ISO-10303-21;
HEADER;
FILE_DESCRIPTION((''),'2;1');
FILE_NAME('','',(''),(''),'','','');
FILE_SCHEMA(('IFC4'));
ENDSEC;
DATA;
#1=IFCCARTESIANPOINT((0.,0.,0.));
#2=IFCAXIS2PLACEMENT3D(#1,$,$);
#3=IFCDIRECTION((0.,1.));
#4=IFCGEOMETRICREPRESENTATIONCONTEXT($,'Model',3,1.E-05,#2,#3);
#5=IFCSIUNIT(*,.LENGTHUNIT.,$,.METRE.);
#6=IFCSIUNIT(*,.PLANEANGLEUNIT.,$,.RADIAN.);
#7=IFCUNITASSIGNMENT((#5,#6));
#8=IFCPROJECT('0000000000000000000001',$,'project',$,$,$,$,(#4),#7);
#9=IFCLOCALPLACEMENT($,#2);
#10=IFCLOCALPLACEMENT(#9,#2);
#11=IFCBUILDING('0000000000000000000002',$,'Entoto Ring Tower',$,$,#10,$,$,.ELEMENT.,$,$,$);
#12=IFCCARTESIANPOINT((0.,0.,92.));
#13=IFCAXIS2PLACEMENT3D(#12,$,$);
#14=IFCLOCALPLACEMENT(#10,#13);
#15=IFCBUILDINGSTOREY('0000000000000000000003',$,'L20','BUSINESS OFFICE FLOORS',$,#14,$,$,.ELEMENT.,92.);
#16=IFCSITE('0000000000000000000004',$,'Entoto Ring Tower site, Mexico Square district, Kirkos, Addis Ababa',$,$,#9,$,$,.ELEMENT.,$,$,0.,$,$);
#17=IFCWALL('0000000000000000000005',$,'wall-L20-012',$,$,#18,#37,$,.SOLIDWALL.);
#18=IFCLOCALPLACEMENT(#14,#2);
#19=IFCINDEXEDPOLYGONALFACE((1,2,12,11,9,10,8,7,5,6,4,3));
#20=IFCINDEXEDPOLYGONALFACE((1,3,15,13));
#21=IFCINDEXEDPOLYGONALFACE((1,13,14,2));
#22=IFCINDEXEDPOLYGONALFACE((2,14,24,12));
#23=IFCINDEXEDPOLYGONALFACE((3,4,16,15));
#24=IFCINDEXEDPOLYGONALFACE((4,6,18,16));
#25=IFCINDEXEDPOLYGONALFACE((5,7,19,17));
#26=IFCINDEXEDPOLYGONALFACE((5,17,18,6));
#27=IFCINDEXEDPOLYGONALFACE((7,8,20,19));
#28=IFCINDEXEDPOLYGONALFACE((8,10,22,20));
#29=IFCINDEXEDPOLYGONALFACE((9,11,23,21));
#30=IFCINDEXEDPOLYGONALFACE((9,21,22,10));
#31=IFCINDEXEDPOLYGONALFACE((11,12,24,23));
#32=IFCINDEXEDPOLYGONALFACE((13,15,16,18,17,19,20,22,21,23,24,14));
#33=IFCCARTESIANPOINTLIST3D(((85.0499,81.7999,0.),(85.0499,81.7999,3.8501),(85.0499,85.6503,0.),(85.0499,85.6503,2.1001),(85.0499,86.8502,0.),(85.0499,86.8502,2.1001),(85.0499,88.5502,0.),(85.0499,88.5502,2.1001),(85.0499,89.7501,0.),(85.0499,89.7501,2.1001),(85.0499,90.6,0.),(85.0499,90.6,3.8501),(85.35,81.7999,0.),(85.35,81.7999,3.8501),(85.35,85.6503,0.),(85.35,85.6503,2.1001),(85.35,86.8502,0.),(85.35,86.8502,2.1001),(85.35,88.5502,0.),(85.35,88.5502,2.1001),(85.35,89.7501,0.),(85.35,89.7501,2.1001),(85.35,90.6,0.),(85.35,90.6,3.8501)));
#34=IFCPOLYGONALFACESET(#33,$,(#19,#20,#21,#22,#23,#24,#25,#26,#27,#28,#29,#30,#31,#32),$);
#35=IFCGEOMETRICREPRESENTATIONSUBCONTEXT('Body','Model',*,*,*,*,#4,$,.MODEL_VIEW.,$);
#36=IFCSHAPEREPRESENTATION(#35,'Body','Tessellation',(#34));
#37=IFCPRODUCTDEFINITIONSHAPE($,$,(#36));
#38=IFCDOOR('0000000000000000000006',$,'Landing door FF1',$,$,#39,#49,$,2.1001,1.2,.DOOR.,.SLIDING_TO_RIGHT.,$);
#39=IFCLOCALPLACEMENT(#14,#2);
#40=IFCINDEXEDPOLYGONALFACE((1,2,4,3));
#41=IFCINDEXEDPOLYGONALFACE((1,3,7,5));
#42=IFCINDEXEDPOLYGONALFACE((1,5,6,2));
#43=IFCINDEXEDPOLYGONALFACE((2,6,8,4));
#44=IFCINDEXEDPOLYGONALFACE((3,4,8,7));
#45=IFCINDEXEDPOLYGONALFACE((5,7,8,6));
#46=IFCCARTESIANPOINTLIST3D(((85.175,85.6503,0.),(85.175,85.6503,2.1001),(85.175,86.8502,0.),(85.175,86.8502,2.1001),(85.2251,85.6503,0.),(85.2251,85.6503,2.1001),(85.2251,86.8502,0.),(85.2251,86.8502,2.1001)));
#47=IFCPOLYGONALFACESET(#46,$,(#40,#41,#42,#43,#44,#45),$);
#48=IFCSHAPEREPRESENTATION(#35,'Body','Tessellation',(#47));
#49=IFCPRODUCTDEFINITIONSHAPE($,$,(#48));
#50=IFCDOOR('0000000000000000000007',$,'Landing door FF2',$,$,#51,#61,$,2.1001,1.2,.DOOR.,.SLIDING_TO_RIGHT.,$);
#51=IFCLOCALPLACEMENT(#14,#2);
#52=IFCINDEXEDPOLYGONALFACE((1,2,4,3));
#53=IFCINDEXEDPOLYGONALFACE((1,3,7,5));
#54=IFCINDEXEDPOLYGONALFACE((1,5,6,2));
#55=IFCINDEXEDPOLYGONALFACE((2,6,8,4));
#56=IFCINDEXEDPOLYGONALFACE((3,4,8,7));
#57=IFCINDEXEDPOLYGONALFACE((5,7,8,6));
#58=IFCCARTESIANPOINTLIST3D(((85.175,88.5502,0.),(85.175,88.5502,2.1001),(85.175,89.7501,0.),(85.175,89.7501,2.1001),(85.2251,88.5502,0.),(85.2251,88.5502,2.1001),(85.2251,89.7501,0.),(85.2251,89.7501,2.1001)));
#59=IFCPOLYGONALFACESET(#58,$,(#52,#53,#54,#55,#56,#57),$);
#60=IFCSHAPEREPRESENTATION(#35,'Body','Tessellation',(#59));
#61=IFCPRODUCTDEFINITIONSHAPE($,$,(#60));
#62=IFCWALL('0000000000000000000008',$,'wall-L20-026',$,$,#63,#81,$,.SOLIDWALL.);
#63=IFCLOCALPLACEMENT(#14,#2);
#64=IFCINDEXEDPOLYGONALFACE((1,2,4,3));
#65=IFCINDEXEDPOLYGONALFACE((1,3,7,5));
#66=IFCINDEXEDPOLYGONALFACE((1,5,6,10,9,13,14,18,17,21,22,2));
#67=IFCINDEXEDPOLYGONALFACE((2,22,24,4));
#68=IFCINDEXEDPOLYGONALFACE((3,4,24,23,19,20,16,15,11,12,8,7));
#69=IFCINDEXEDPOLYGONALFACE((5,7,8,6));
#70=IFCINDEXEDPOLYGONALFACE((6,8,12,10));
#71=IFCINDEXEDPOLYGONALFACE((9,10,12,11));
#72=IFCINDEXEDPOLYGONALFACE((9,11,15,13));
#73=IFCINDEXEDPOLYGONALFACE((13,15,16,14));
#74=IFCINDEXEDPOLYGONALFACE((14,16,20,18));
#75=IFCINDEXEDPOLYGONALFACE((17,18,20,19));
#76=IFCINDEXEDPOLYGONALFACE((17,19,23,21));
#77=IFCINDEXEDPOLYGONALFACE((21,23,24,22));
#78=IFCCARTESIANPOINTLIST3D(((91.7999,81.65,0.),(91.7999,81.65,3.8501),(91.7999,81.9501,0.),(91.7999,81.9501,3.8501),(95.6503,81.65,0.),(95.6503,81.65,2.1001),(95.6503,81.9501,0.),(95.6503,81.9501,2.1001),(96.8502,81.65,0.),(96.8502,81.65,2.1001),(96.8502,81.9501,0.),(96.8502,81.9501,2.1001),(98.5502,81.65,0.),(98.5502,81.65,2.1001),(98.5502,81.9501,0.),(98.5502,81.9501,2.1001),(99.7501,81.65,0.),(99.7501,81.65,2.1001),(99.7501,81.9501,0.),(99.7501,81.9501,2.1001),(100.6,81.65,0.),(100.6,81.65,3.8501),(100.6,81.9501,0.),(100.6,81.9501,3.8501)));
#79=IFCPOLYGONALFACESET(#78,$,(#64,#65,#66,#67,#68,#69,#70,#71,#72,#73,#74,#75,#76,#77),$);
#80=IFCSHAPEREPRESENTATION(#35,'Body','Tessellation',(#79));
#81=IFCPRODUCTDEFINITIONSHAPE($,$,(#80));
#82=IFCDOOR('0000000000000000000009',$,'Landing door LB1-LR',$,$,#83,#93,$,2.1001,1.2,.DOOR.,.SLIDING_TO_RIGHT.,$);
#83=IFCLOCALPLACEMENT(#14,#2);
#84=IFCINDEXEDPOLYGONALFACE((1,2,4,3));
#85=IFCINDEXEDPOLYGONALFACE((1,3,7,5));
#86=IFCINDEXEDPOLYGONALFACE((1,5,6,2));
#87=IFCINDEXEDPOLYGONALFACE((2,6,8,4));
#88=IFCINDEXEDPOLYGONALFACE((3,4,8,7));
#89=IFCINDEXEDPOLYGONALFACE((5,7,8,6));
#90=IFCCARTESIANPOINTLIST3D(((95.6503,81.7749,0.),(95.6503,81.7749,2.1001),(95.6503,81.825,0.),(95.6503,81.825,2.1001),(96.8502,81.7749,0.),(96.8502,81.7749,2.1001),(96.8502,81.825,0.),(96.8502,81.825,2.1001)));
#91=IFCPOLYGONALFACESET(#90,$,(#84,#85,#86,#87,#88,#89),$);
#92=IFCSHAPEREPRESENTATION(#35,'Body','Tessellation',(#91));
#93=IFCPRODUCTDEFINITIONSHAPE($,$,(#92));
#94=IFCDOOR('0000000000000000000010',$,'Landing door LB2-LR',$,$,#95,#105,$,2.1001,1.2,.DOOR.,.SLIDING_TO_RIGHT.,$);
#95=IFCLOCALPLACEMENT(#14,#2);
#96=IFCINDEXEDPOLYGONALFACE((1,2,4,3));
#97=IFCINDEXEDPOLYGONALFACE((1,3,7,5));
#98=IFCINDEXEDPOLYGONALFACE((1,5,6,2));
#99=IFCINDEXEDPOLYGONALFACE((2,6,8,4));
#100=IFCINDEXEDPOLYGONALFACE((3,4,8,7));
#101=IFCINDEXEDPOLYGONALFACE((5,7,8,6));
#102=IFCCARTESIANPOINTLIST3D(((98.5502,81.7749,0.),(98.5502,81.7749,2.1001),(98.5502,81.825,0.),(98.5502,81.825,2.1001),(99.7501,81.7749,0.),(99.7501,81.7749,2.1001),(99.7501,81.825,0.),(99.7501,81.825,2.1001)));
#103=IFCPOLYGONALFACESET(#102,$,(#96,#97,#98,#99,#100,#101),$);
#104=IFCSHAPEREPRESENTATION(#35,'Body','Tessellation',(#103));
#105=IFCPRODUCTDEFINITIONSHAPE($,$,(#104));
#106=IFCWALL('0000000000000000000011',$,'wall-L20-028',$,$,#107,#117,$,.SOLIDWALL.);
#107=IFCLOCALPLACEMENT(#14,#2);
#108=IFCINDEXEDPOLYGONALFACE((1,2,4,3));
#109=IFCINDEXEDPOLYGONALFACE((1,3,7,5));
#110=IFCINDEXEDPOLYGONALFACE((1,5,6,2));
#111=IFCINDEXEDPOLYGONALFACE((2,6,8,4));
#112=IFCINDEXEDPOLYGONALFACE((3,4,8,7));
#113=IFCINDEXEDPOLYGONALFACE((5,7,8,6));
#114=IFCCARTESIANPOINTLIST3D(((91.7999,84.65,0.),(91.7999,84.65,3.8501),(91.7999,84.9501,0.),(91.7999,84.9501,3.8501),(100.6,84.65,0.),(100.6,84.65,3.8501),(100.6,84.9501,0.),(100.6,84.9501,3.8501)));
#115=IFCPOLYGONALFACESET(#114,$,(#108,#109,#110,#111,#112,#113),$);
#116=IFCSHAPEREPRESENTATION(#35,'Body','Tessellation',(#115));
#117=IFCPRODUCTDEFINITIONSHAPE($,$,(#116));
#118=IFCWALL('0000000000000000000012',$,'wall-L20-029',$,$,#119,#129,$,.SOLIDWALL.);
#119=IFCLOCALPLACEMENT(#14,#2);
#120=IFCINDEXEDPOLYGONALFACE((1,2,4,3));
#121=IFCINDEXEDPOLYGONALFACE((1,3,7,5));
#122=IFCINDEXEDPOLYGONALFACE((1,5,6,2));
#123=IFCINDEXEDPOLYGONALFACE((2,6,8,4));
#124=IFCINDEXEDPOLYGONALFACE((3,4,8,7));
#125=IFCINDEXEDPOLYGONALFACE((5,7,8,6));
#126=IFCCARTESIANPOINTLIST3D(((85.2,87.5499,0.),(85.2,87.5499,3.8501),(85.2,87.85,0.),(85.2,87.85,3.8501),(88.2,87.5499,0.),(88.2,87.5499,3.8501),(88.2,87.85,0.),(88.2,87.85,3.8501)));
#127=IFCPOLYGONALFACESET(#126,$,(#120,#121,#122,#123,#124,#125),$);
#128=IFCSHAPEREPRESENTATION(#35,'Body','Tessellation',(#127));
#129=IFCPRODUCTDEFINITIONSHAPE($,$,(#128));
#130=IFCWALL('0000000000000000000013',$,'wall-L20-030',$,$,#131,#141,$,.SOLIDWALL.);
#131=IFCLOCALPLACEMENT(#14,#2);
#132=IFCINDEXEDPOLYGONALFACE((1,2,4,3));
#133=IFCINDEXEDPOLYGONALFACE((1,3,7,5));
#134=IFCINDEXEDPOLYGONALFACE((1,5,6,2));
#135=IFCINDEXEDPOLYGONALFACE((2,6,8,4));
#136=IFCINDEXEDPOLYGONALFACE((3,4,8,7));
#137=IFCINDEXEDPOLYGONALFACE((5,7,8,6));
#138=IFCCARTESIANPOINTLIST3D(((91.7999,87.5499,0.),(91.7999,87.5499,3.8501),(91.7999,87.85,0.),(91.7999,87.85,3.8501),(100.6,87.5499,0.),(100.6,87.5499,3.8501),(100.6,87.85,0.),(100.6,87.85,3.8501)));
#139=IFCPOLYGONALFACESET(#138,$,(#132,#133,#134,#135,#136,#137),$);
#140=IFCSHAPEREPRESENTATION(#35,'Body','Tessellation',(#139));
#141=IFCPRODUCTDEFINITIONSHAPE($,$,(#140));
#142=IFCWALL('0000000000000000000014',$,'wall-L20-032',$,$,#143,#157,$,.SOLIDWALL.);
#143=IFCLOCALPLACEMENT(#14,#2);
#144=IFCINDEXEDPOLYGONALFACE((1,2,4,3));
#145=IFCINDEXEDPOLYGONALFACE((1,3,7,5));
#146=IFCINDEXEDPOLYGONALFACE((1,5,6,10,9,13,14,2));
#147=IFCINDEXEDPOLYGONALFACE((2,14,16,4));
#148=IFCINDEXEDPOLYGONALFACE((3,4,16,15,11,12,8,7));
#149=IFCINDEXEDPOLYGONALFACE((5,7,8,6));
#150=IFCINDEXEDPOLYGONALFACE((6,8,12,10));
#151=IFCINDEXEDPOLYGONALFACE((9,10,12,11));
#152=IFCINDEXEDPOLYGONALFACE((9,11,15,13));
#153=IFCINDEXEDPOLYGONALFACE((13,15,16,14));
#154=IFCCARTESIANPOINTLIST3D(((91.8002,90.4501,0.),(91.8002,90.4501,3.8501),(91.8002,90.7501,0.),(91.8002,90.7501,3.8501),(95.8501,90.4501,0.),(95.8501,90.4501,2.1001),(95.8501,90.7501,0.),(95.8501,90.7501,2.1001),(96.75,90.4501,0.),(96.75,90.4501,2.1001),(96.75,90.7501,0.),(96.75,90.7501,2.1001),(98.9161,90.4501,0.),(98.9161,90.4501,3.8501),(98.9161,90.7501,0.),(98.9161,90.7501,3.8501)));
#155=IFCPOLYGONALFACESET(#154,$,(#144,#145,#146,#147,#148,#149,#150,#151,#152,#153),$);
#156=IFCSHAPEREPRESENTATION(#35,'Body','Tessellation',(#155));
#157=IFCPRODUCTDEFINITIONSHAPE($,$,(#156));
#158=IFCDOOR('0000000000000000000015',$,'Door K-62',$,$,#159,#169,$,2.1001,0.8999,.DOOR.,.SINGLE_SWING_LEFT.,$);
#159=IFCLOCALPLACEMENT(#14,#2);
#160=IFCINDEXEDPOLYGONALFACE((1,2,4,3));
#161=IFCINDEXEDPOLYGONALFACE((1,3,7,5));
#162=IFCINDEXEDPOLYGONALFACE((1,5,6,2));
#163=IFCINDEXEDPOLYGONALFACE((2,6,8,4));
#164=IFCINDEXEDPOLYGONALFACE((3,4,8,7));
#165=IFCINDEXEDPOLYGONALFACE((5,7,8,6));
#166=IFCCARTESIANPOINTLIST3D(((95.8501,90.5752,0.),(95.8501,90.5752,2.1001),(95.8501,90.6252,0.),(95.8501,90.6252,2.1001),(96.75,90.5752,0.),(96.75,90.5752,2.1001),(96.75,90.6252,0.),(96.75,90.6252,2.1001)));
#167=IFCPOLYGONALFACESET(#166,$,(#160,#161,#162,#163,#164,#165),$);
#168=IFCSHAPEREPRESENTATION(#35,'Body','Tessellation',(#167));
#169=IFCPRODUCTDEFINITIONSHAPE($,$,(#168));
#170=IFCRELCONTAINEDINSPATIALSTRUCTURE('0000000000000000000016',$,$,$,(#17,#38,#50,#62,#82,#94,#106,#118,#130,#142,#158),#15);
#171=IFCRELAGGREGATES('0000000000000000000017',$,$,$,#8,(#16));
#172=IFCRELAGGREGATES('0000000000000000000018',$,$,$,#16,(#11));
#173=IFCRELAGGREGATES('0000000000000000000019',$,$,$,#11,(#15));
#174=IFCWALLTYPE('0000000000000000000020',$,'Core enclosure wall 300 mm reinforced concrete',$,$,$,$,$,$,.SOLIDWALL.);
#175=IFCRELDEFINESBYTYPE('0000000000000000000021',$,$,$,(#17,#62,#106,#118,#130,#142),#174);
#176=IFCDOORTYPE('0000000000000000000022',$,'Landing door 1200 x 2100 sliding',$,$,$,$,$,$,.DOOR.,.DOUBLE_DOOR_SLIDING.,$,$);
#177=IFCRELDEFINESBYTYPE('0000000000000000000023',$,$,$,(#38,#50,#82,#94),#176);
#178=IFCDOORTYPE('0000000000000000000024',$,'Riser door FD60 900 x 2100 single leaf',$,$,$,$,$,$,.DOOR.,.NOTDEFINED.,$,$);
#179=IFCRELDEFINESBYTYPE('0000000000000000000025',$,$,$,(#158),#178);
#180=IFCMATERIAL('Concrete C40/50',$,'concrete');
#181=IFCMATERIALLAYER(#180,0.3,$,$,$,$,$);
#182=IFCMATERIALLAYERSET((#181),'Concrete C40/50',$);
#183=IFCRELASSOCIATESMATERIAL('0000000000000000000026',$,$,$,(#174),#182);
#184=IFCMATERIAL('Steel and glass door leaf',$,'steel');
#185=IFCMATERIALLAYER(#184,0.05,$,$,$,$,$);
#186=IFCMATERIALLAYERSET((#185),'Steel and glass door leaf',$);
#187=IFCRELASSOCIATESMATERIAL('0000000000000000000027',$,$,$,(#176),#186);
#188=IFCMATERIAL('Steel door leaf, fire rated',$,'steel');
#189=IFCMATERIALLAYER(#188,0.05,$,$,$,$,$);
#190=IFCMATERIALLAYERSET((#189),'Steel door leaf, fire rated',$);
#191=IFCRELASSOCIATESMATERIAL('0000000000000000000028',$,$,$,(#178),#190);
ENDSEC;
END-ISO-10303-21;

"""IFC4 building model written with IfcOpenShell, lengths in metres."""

from ifc_helpers import new_model, si_unit, direction, frame, frame_2d, origin, place, context, subcontext, project, spatial, rectangle, extrude, material, layer, layer_set, type_object, element, fill, save


model = new_model("IFC4")

# Units and contexts
model_context = context("Model", 3, precision=1e-05, world=origin(), true_north=direction((0.0, 1.0)))
body_context = subcontext(model_context, "Body", "Model", "MODEL_VIEW")
ifc_project = project(units=[si_unit("LENGTHUNIT", "METRE"), si_unit("PLANEANGLEUNIT", "RADIAN")], contexts=[model_context])

# Site, building, storey
site_placement = place(None, origin())
site = spatial("IfcSite", under=ifc_project, at=site_placement, Name="Entoto Ring Tower site, Mexico Square district, Kirkos, Addis Ababa", CompositionType="ELEMENT", RefElevation=0.0)
building_placement = place(site_placement, origin())
building = spatial("IfcBuilding", under=site, at=building_placement, Name="Entoto Ring Tower", CompositionType="ELEMENT")
storey_placement = place(building_placement, frame((0.0, 0.0, 92.0)))
storey = spatial("IfcBuildingStorey", under=building, at=storey_placement, Name="L20", Description="BUSINESS OFFICE FLOORS", CompositionType="ELEMENT", Elevation=92.0)

# Shared definitions
ifc_material_1 = material(Name="Concrete C40/50", Category="concrete")
ifc_layer_1 = layer(ifc_material_1, 0.3)
ifc_layer_set_1 = layer_set([ifc_layer_1], Name="Concrete C40/50")
wall_type = type_object("IfcWallType", Name="Core enclosure wall 300 mm reinforced concrete", PredefinedType="SOLIDWALL", material=ifc_layer_set_1)

# Walls, openings, doors
wall_1_placement = place(storey_placement, frame((85.2, 81.8, 0.0), z_axis=(0.0, 0.0, 1.0), x_axis=(0.0, 1.0, 0.0)))
wall_1 = element("IfcWall", 1, at=wall_1_placement, inside=storey, type_object=wall_type, Name="wall-L20-012", PredefinedType="SOLIDWALL", context=body_context, shape_type="SweptSolid", body=[
    extrude(rectangle(XDim=8.8, YDim=0.3, at=frame_2d((4.3999, 0.0))), origin(), (0.0, 0.0, 1.0), 3.8501),
])
opening_1_placement = place(wall_1_placement, frame((3.8501, 0.0, 0.0)))
opening_1 = element("IfcOpeningElement", 2, at=opening_1_placement, cuts=wall_1, PredefinedType="OPENING", context=body_context, shape_type="SweptSolid", body=[
    extrude(rectangle(XDim=1.2, YDim=2.1001, at=frame_2d((0.6001, 1.05))), frame((0.0, 0.1602, 0.0), z_axis=(0.0, -1.0, 0.0), x_axis=(1.0, 0.0, 0.0)), (0.0, 0.0, 1.0), 0.3201),
])
opening_2_placement = place(wall_1_placement, frame((6.75, 0.0, 0.0)))
opening_2 = element("IfcOpeningElement", 3, at=opening_2_placement, cuts=wall_1, PredefinedType="OPENING", context=body_context, shape_type="SweptSolid", body=[
    extrude(rectangle(XDim=1.2, YDim=2.1001, at=frame_2d((0.6001, 1.05))), frame((0.0, 0.1602, 0.0), z_axis=(0.0, -1.0, 0.0), x_axis=(1.0, 0.0, 0.0)), (0.0, 0.0, 1.0), 0.3201),
])
ifc_material_2 = material(Name="Steel and glass door leaf", Category="steel")
ifc_layer_2 = layer(ifc_material_2, 0.05)
ifc_layer_set_2 = layer_set([ifc_layer_2], Name="Steel and glass door leaf")
door_type_1 = type_object("IfcDoorType", Name="Landing door 1200 x 2100 sliding", OperationType="DOUBLE_DOOR_SLIDING", PredefinedType="DOOR", material=ifc_layer_set_2)
door_1_placement = place(opening_1_placement, origin())
door_1 = element("IfcDoor", 4, at=door_1_placement, inside=storey, type_object=door_type_1, Name="Landing door FF1", OperationType="SLIDING_TO_RIGHT", OverallHeight=2.1001, OverallWidth=1.2, PredefinedType="DOOR", context=body_context, shape_type="SweptSolid", body=[
    extrude(rectangle(XDim=1.2, YDim=2.1001, at=frame_2d((0.6001, 1.05))), frame((0.0, 0.0249, 0.0), z_axis=(0.0, -1.0, 0.0), x_axis=(1.0, 0.0, 0.0)), (0.0, 0.0, 1.0), 0.05),
])
fill(opening_1, door_1)
door_2_placement = place(opening_2_placement, origin())
door_2 = element("IfcDoor", 5, at=door_2_placement, inside=storey, type_object=door_type_1, Name="Landing door FF2", OperationType="SLIDING_TO_RIGHT", OverallHeight=2.1001, OverallWidth=1.2, PredefinedType="DOOR", context=body_context, shape_type="SweptSolid", body=[
    extrude(rectangle(XDim=1.2, YDim=2.1001, at=frame_2d((0.6001, 1.05))), frame((0.0, 0.0249, 0.0), z_axis=(0.0, -1.0, 0.0), x_axis=(1.0, 0.0, 0.0)), (0.0, 0.0, 1.0), 0.05),
])
fill(opening_2, door_2)
wall_2_placement = place(storey_placement, frame((91.8, 81.8, 0.0), z_axis=(0.0, 0.0, 1.0), x_axis=(1.0, 0.0, 0.0)))
wall_2 = element("IfcWall", 6, at=wall_2_placement, inside=storey, type_object=wall_type, Name="wall-L20-026", PredefinedType="SOLIDWALL", context=body_context, shape_type="SweptSolid", body=[
    extrude(rectangle(XDim=8.8, YDim=0.3, at=frame_2d((4.3999, 0.0))), origin(), (0.0, 0.0, 1.0), 3.8501),
])
opening_3_placement = place(wall_2_placement, frame((3.8501, 0.0, 0.0)))
opening_3 = element("IfcOpeningElement", 7, at=opening_3_placement, cuts=wall_2, PredefinedType="OPENING", context=body_context, shape_type="SweptSolid", body=[
    extrude(rectangle(XDim=1.2, YDim=2.1001, at=frame_2d((0.6001, 1.05))), frame((0.0, 0.1602, 0.0), z_axis=(0.0, -1.0, 0.0), x_axis=(1.0, 0.0, 0.0)), (0.0, 0.0, 1.0), 0.3201),
])
opening_4_placement = place(wall_2_placement, frame((6.75, 0.0, 0.0)))
opening_4 = element("IfcOpeningElement", 8, at=opening_4_placement, cuts=wall_2, PredefinedType="OPENING", context=body_context, shape_type="SweptSolid", body=[
    extrude(rectangle(XDim=1.2, YDim=2.1001, at=frame_2d((0.6001, 1.05))), frame((0.0, 0.1602, 0.0), z_axis=(0.0, -1.0, 0.0), x_axis=(1.0, 0.0, 0.0)), (0.0, 0.0, 1.0), 0.3201),
])
door_3_placement = place(opening_3_placement, origin())
door_3 = element("IfcDoor", 9, at=door_3_placement, inside=storey, type_object=door_type_1, Name="Landing door LB1-LR", OperationType="SLIDING_TO_RIGHT", OverallHeight=2.1001, OverallWidth=1.2, PredefinedType="DOOR", context=body_context, shape_type="SweptSolid", body=[
    extrude(rectangle(XDim=1.2, YDim=2.1001, at=frame_2d((0.6001, 1.05))), frame((0.0, 0.0249, 0.0), z_axis=(0.0, -1.0, 0.0), x_axis=(1.0, 0.0, 0.0)), (0.0, 0.0, 1.0), 0.05),
])
fill(opening_3, door_3)
door_4_placement = place(opening_4_placement, origin())
door_4 = element("IfcDoor", 10, at=door_4_placement, inside=storey, type_object=door_type_1, Name="Landing door LB2-LR", OperationType="SLIDING_TO_RIGHT", OverallHeight=2.1001, OverallWidth=1.2, PredefinedType="DOOR", context=body_context, shape_type="SweptSolid", body=[
    extrude(rectangle(XDim=1.2, YDim=2.1001, at=frame_2d((0.6001, 1.05))), frame((0.0, 0.0249, 0.0), z_axis=(0.0, -1.0, 0.0), x_axis=(1.0, 0.0, 0.0)), (0.0, 0.0, 1.0), 0.05),
])
fill(opening_4, door_4)

# Walls
wall_3_placement = place(storey_placement, frame((91.8, 84.8, 0.0), z_axis=(0.0, 0.0, 1.0), x_axis=(1.0, 0.0, 0.0)))
element("IfcWall", 11, at=wall_3_placement, inside=storey, type_object=wall_type, Name="wall-L20-028", PredefinedType="SOLIDWALL", context=body_context, shape_type="SweptSolid", body=[
    extrude(rectangle(XDim=8.8, YDim=0.3, at=frame_2d((4.3999, 0.0))), origin(), (0.0, 0.0, 1.0), 3.8501),
])
wall_4_placement = place(storey_placement, frame((85.2, 87.7, 0.0), z_axis=(0.0, 0.0, 1.0), x_axis=(1.0, 0.0, 0.0)))
element("IfcWall", 12, at=wall_4_placement, inside=storey, type_object=wall_type, Name="wall-L20-029", PredefinedType="SOLIDWALL", context=body_context, shape_type="SweptSolid", body=[
    extrude(rectangle(XDim=3.0, YDim=0.3, at=frame_2d((1.5, 0.0))), origin(), (0.0, 0.0, 1.0), 3.8501),
])
wall_5_placement = place(storey_placement, frame((91.8, 87.7, 0.0), z_axis=(0.0, 0.0, 1.0), x_axis=(1.0, 0.0, 0.0)))
element("IfcWall", 13, at=wall_5_placement, inside=storey, type_object=wall_type, Name="wall-L20-030", PredefinedType="SOLIDWALL", context=body_context, shape_type="SweptSolid", body=[
    extrude(rectangle(XDim=8.8, YDim=0.3, at=frame_2d((4.3999, 0.0))), origin(), (0.0, 0.0, 1.0), 3.8501),
])

# Wall, opening, door
wall_6_placement = place(storey_placement, frame((91.8, 90.6001, 0.0), z_axis=(0.0, 0.0, 1.0), x_axis=(1.0, 0.0, 0.0)))
wall_6 = element("IfcWall", 14, at=wall_6_placement, inside=storey, type_object=wall_type, Name="wall-L20-032", PredefinedType="SOLIDWALL", context=body_context, shape_type="SweptSolid", body=[
    extrude(rectangle(XDim=7.116, YDim=0.3, at=frame_2d((3.5581, 0.0))), origin(), (0.0, 0.0, 1.0), 3.8501),
])
opening_5_placement = place(wall_6_placement, frame((4.05, 0.0, 0.0)))
opening_5 = element("IfcOpeningElement", 15, at=opening_5_placement, cuts=wall_6, PredefinedType="OPENING", context=body_context, shape_type="SweptSolid", body=[
    extrude(rectangle(XDim=0.8999, YDim=2.1001, at=frame_2d((0.45, 1.05))), frame((0.0, 0.1602, 0.0), z_axis=(0.0, -1.0, 0.0), x_axis=(1.0, 0.0, 0.0)), (0.0, 0.0, 1.0), 0.3201),
])
ifc_material_3 = material(Name="Steel door leaf, fire rated", Category="steel")
ifc_layer_3 = layer(ifc_material_3, 0.05)
ifc_layer_set_3 = layer_set([ifc_layer_3], Name="Steel door leaf, fire rated")
door_type_2 = type_object("IfcDoorType", Name="Riser door FD60 900 x 2100 single leaf", OperationType="NOTDEFINED", PredefinedType="DOOR", material=ifc_layer_set_3)
door_5_placement = place(opening_5_placement, frame((0.8999, 0.0, 0.0), z_axis=(0.0, 0.0, 1.0), x_axis=(-1.0, 0.0, 0.0)))
door_5 = element("IfcDoor", 16, at=door_5_placement, inside=storey, type_object=door_type_2, Name="Door K-62", OperationType="SINGLE_SWING_LEFT", OverallHeight=2.1001, OverallWidth=0.8999, PredefinedType="DOOR", context=body_context, shape_type="SweptSolid", body=[
    extrude(rectangle(XDim=0.8999, YDim=2.1001, at=frame_2d((0.45, 1.05))), frame((0.0, 0.0249, 0.0), z_axis=(0.0, -1.0, 0.0), x_axis=(1.0, 0.0, 0.0)), (0.0, 0.0, 1.0), 0.05),
])
fill(opening_5, door_5)

save(model, "model.ifc")
